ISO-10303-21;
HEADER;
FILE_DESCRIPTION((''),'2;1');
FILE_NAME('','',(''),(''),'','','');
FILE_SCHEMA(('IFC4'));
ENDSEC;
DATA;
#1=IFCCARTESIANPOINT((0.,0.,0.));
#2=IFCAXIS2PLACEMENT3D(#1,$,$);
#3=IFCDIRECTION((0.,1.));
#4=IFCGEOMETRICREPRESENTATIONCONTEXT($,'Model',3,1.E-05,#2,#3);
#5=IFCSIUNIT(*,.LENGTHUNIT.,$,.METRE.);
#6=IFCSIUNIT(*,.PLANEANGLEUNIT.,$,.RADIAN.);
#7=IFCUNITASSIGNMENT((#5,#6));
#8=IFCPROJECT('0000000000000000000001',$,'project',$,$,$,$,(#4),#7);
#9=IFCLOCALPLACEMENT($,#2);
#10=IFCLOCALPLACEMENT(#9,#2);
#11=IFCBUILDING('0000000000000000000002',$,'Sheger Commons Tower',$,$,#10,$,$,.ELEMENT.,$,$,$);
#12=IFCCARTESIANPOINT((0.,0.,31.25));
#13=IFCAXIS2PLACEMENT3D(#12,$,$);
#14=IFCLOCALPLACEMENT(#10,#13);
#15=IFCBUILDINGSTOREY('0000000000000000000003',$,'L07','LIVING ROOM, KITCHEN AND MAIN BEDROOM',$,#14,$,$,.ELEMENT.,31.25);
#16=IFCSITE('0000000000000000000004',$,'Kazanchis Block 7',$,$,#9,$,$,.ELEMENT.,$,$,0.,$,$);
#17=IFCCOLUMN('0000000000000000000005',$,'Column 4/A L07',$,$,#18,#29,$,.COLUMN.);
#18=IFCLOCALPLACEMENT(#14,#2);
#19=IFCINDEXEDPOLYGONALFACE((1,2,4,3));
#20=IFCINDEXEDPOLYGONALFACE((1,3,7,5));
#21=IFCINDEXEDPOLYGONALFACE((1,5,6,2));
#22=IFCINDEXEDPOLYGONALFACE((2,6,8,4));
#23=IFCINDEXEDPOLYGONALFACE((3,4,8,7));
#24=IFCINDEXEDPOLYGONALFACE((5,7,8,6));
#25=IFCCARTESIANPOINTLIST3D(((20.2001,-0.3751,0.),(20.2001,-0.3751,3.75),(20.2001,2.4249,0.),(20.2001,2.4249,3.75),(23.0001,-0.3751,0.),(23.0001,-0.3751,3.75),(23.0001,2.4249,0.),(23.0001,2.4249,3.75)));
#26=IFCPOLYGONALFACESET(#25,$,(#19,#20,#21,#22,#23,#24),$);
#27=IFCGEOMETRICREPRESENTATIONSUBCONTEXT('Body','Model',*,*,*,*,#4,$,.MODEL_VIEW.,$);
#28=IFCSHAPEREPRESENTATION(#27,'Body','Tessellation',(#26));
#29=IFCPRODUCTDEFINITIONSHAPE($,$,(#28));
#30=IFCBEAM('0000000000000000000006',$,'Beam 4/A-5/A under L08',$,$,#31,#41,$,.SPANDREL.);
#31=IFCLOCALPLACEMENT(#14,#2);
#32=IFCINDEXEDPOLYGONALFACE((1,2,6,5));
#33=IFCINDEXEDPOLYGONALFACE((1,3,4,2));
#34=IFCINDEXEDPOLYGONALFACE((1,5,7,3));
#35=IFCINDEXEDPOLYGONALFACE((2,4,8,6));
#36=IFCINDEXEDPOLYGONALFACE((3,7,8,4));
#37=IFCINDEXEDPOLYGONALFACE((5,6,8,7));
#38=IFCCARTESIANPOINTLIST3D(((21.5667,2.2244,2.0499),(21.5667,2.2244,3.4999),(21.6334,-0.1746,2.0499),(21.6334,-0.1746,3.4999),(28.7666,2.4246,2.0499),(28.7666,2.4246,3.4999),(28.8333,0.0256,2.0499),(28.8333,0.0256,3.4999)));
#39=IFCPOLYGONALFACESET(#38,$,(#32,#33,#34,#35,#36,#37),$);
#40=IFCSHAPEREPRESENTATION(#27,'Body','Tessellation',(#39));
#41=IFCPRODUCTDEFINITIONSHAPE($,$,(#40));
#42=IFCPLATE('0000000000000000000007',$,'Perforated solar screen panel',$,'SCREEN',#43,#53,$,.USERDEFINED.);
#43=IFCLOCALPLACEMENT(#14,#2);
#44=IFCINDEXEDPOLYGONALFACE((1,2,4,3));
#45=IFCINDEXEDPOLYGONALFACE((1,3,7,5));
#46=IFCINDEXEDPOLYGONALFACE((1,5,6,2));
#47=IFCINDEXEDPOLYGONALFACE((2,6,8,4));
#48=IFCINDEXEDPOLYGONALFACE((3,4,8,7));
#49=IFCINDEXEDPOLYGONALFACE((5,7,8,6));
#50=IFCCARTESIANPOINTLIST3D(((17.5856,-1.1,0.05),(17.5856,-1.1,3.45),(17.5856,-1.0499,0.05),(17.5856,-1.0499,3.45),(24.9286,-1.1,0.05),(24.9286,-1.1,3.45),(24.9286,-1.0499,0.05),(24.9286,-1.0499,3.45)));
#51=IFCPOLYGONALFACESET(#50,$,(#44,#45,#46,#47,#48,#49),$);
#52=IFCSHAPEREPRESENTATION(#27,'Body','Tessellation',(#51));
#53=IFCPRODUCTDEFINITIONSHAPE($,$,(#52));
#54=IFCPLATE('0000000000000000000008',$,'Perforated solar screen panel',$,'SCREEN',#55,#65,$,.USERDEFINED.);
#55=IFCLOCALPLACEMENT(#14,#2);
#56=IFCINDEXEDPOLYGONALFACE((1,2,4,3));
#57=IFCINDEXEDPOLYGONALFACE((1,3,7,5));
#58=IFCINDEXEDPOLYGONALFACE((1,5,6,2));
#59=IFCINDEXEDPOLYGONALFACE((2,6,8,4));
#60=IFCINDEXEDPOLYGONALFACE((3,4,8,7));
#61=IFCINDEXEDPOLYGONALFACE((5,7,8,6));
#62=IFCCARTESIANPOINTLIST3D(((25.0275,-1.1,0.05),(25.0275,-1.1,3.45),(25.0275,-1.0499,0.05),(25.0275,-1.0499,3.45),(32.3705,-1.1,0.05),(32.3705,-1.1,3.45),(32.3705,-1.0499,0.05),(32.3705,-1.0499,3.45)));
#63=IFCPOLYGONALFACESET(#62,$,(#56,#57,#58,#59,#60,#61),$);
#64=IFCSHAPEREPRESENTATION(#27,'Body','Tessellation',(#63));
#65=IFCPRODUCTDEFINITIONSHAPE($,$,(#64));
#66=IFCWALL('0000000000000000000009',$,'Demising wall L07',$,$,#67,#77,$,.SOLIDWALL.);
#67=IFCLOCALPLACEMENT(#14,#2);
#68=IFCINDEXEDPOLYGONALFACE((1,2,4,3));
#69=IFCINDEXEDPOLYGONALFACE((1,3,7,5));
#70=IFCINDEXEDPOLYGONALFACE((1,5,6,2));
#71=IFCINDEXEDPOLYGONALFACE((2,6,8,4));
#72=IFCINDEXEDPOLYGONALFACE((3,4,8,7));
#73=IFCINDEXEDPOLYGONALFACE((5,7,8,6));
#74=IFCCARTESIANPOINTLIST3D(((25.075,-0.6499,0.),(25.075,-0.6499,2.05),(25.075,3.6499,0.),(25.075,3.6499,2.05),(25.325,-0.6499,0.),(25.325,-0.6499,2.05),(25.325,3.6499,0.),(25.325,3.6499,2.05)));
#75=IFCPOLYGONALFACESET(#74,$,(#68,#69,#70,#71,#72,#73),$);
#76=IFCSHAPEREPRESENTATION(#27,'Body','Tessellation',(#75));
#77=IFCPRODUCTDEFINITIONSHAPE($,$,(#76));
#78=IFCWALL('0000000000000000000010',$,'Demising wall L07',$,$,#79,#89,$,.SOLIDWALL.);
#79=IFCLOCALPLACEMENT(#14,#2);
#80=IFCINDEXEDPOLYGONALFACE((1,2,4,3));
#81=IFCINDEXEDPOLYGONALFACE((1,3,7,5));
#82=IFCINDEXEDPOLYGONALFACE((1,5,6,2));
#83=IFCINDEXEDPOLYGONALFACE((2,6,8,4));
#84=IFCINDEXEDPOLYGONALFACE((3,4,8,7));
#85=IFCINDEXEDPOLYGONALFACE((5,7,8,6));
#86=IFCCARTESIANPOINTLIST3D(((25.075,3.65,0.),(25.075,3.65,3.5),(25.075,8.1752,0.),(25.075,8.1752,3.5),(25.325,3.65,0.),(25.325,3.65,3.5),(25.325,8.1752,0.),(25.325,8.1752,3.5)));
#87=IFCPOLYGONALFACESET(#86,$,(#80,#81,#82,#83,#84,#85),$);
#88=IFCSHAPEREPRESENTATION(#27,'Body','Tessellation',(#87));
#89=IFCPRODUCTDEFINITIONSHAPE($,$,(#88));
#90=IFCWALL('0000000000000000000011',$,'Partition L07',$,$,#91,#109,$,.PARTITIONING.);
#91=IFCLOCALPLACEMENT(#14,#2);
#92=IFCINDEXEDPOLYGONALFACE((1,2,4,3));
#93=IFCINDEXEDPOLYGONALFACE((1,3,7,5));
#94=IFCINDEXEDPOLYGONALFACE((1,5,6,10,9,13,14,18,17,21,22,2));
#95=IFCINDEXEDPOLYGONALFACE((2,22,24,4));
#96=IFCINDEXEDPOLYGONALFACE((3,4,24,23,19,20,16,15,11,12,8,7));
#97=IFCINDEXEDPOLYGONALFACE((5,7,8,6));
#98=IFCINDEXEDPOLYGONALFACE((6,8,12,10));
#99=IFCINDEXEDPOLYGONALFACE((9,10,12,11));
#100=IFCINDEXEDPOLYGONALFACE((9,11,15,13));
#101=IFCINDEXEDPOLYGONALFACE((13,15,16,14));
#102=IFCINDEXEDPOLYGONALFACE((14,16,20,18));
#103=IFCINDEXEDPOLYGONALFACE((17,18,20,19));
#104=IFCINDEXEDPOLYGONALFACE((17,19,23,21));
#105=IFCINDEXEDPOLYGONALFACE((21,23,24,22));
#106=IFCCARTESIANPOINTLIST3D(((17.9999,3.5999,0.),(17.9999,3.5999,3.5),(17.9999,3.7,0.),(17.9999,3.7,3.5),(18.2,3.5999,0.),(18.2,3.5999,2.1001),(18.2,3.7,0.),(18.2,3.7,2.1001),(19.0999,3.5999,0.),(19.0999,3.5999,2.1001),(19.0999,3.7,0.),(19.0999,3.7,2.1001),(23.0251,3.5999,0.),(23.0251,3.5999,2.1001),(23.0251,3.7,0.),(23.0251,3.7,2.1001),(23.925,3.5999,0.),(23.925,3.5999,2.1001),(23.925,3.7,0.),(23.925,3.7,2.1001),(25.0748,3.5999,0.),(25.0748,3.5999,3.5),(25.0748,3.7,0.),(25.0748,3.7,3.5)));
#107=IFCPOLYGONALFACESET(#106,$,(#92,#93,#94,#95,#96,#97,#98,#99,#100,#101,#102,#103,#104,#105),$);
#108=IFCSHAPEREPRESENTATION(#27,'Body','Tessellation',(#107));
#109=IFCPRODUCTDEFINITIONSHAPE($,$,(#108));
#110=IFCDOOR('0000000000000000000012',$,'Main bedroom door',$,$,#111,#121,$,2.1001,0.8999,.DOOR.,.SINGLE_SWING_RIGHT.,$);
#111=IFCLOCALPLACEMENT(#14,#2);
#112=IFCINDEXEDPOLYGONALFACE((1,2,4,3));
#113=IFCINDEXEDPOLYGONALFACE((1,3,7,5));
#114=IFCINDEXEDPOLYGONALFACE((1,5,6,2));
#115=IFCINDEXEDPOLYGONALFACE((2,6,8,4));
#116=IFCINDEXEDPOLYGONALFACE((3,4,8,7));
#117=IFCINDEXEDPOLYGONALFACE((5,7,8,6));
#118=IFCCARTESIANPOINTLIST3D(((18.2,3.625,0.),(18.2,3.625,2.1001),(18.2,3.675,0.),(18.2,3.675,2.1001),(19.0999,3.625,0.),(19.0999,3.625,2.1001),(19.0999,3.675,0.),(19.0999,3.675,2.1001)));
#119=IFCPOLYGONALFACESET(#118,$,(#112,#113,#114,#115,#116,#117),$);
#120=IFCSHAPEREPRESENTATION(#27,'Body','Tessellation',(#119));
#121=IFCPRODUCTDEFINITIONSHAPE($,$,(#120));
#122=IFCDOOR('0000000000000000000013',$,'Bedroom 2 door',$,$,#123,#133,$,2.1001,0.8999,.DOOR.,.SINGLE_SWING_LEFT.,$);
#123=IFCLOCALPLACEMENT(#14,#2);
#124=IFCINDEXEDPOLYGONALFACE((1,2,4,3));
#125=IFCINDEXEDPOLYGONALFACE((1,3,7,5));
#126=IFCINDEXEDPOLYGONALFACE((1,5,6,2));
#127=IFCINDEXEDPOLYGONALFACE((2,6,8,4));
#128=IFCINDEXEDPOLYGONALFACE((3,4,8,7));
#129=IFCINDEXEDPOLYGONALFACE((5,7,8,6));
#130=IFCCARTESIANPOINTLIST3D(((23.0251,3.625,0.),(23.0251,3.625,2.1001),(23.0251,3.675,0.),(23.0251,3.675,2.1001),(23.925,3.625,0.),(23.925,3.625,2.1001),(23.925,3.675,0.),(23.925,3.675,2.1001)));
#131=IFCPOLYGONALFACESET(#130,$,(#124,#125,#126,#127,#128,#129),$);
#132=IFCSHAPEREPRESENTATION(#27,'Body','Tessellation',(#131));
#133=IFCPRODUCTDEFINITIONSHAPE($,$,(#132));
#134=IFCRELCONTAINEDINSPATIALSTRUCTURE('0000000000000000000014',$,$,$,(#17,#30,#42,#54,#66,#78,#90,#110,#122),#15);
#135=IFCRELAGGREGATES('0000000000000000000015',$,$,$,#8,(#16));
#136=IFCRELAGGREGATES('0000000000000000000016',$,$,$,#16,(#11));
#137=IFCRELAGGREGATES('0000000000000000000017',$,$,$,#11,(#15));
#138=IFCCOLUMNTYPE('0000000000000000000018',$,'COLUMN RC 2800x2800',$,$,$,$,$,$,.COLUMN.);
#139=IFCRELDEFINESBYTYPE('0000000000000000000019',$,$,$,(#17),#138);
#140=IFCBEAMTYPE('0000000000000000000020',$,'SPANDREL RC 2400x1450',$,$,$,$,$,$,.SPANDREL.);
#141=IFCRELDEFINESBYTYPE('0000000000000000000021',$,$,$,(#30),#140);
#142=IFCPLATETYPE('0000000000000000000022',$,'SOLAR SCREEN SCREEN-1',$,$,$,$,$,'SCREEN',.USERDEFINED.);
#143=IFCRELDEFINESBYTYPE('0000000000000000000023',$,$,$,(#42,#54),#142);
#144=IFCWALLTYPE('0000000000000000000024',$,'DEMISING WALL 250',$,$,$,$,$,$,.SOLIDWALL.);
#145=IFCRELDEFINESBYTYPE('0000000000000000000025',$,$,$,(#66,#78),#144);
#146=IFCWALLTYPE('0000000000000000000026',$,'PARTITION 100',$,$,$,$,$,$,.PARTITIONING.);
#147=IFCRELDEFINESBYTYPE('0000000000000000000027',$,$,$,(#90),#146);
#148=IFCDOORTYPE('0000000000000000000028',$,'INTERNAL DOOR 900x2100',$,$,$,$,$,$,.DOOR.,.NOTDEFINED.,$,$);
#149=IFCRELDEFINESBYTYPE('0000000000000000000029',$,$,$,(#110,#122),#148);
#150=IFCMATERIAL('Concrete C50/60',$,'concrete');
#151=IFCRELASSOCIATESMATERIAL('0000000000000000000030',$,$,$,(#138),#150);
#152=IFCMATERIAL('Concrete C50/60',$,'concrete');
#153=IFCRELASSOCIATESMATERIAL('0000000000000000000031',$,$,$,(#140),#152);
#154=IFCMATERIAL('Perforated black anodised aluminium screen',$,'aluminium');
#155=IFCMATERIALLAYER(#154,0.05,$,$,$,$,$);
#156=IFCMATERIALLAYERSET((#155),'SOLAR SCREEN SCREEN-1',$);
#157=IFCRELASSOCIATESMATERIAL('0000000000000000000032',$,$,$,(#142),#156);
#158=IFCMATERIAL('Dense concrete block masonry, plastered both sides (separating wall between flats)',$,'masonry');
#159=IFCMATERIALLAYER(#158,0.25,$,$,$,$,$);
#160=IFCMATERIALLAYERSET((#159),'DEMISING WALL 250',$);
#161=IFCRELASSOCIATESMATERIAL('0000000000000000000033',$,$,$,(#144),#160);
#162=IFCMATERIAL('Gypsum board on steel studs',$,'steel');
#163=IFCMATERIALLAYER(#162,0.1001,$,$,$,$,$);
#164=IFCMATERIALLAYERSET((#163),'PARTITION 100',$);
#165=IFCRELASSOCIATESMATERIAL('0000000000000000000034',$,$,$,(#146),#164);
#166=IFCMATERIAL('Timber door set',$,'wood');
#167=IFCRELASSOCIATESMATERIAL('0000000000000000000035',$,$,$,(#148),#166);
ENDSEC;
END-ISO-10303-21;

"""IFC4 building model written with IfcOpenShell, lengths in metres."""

from ifc_helpers import new_model, si_unit, direction, frame, frame_2d, origin, origin_2d, place, context, subcontext, project, spatial, rectangle, extrude, material, layer, layer_set, material_profile, profile_set, type_object, element, fill, save


model = new_model("IFC4")

# Units and contexts
model_context = context("Model", 3, precision=1e-05, world=origin(), true_north=direction((0.0, 1.0)))
body_context = subcontext(model_context, "Body", "Model", "MODEL_VIEW")
ifc_project = project(units=[si_unit("LENGTHUNIT", "METRE"), si_unit("PLANEANGLEUNIT", "RADIAN")], contexts=[model_context])

# Site, building, storey
site_placement = place(None, origin())
site = spatial("IfcSite", under=ifc_project, at=site_placement, Name="Kazanchis Block 7", CompositionType="ELEMENT", RefElevation=0.0)
building_placement = place(site_placement, origin())
building = spatial("IfcBuilding", under=site, at=building_placement, Name="Sheger Commons Tower", CompositionType="ELEMENT")
storey_placement = place(building_placement, frame((0.0, 0.0, 31.25)))
storey = spatial("IfcBuildingStorey", under=building, at=storey_placement, Name="L07", Description="LIVING ROOM, KITCHEN AND MAIN BEDROOM", CompositionType="ELEMENT", Elevation=31.25)

# Column
ifc_material_1 = material(Name="Concrete C50/60", Category="concrete")
ifc_material_profile_1 = material_profile(ifc_material_1, rectangle(XDim=2.8, YDim=2.8, at=origin_2d()), Name="RC 2800x2800")
ifc_profile_set_1 = profile_set([ifc_material_profile_1], Name="Concrete C50/60")
column_type = type_object("IfcColumnType", Name="COLUMN RC 2800x2800", PredefinedType="COLUMN", material=ifc_profile_set_1)
column_placement = place(storey_placement, frame((21.6001, 1.0249, 0.0), z_axis=(0.0, 0.0, 1.0), x_axis=(1.0, 0.0, 0.0)))
element("IfcColumn", 1, at=column_placement, inside=storey, type_object=column_type, Name="Column 4/A L07", PredefinedType="COLUMN", context=body_context, shape_type="SweptSolid", body=[
    extrude(rectangle(XDim=2.8, YDim=2.8, at=origin_2d()), origin(), (0.0, 0.0, 1.0), 3.75),
])

# Beam
ifc_material_2 = material(Name="Concrete C50/60", Category="concrete")
ifc_material_profile_2 = material_profile(ifc_material_2, rectangle(XDim=2.3999, YDim=1.45, at=origin_2d()), Name="RC 2400x1450")
ifc_profile_set_2 = profile_set([ifc_material_profile_2], Name="Concrete C50/60")
beam_type = type_object("IfcBeamType", Name="SPANDREL RC 2400x1450", PredefinedType="SPANDREL", material=ifc_profile_set_2)
beam_placement = place(storey_placement, frame((21.6001, 1.0249, 2.7749), z_axis=(0.999614, 0.027794, 0.0), x_axis=(-0.027794, 0.999614, 0.0)))
element("IfcBeam", 2, at=beam_placement, inside=storey, type_object=beam_type, Name="Beam 4/A-5/A under L08", PredefinedType="SPANDREL", context=body_context, shape_type="SweptSolid", body=[
    extrude(rectangle(XDim=2.3999, YDim=1.45, at=origin_2d()), origin(), (0.0, 0.0, 1.0), 7.2026),
])

# Plates
ifc_material_3 = material(Name="Perforated black anodised aluminium screen", Category="aluminium")
ifc_layer_1 = layer(ifc_material_3, 0.05)
ifc_layer_set_1 = layer_set([ifc_layer_1], Name="SOLAR SCREEN SCREEN-1")
plate_type = type_object("IfcPlateType", Name="SOLAR SCREEN SCREEN-1", ElementType="SCREEN", PredefinedType="USERDEFINED", material=ifc_layer_set_1)
for number, where, z_axis, x_axis, name in (
    (3, (21.2571, -1.075, 0.05), (0.0, 0.0, 1.0), (1.0, 0.0, 0.0), "Perforated solar screen panel"),
    (4, (28.699, -1.075, 0.05), (0.0, 0.0, 1.0), (1.0, 0.0, 0.0), "Perforated solar screen panel"),
):
    element("IfcPlate", number, at=place(storey_placement, frame(where, z_axis=z_axis, x_axis=x_axis)), inside=storey, type_object=plate_type, Name=name, ObjectType="SCREEN", PredefinedType="USERDEFINED", context=body_context, shape_type="SweptSolid", body=[
        extrude(rectangle(XDim=7.343, YDim=0.05, at=origin_2d()), origin(), (0.0, 0.0, 1.0), 3.3999),
    ])

# Walls
ifc_material_4 = material(Name="Dense concrete block masonry, plastered both sides (separating wall between flats)", Category="masonry")
ifc_layer_2 = layer(ifc_material_4, 0.25)
ifc_layer_set_2 = layer_set([ifc_layer_2], Name="DEMISING WALL 250")
wall_type_1 = type_object("IfcWallType", Name="DEMISING WALL 250", PredefinedType="SOLIDWALL", material=ifc_layer_set_2)
wall_1_placement = place(storey_placement, frame((25.2, -0.6499, 0.0), z_axis=(0.0, 0.0, 1.0), x_axis=(0.0, 1.0, 0.0)))
element("IfcWall", 5, at=wall_1_placement, inside=storey, type_object=wall_type_1, Name="Demising wall L07", PredefinedType="SOLIDWALL", context=body_context, shape_type="SweptSolid", body=[
    extrude(rectangle(XDim=4.2998, YDim=0.25, at=frame_2d((2.1499, 0.0))), origin(), (0.0, 0.0, 1.0), 2.05),
])
wall_2_placement = place(storey_placement, frame((25.2, 3.6499, 0.0), z_axis=(0.0, 0.0, 1.0), x_axis=(0.0, 1.0, 0.0)))
element("IfcWall", 6, at=wall_2_placement, inside=storey, type_object=wall_type_1, Name="Demising wall L07", PredefinedType="SOLIDWALL", context=body_context, shape_type="SweptSolid", body=[
    extrude(rectangle(XDim=4.5251, YDim=0.25, at=frame_2d((2.2627, 0.0))), origin(), (0.0, 0.0, 1.0), 3.5),
])

# Wall, openings, doors
ifc_material_5 = material(Name="Gypsum board on steel studs", Category="steel")
ifc_layer_3 = layer(ifc_material_5, 0.1001)
ifc_layer_set_3 = layer_set([ifc_layer_3], Name="PARTITION 100")
wall_type_2 = type_object("IfcWallType", Name="PARTITION 100", PredefinedType="PARTITIONING", material=ifc_layer_set_3)
wall_3_placement = place(storey_placement, frame((25.075, 3.6499, 0.0), z_axis=(0.0, 0.0, 1.0), x_axis=(-1.0, 0.0, 0.0)))
wall_3 = element("IfcWall", 7, at=wall_3_placement, inside=storey, type_object=wall_type_2, Name="Partition L07", PredefinedType="PARTITIONING", context=body_context, shape_type="SweptSolid", body=[
    extrude(rectangle(XDim=7.075, YDim=0.1001, at=frame_2d((3.5376, 0.0))), origin(), (0.0, 0.0, 1.0), 3.5),
])
opening_1_placement = place(wall_3_placement, frame((5.9751, 0.0, 0.0)))
opening_1 = element("IfcOpeningElement", 8, at=opening_1_placement, cuts=wall_3, PredefinedType="OPENING", context=body_context, shape_type="SweptSolid", body=[
    extrude(rectangle(XDim=0.8999, YDim=2.1001, at=frame_2d((0.45, 1.05))), frame((0.0, 0.0601, 0.0), z_axis=(0.0, -1.0, 0.0), x_axis=(1.0, 0.0, 0.0)), (0.0, 0.0, 1.0), 0.1201),
])
opening_2_placement = place(wall_3_placement, frame((1.1499, 0.0, 0.0)))
opening_2 = element("IfcOpeningElement", 9, at=opening_2_placement, cuts=wall_3, PredefinedType="OPENING", context=body_context, shape_type="SweptSolid", body=[
    extrude(rectangle(XDim=0.8999, YDim=2.1001, at=frame_2d((0.45, 1.05))), frame((0.0, 0.0601, 0.0), z_axis=(0.0, -1.0, 0.0), x_axis=(1.0, 0.0, 0.0)), (0.0, 0.0, 1.0), 0.1201),
])
ifc_material_6 = material(Name="Timber door set", Category="wood")
door_type = type_object("IfcDoorType", Name="INTERNAL DOOR 900x2100", OperationType="NOTDEFINED", PredefinedType="DOOR", material=ifc_material_6)
door_1_placement = place(opening_1_placement, origin())
door_1 = element("IfcDoor", 10, at=door_1_placement, inside=storey, type_object=door_type, Name="Main bedroom door", OperationType="SINGLE_SWING_RIGHT", OverallHeight=2.1001, OverallWidth=0.8999, PredefinedType="DOOR", context=body_context, shape_type="SweptSolid", body=[
    extrude(rectangle(XDim=0.8999, YDim=2.1001, at=frame_2d((0.45, 1.05))), frame((0.0, 0.0249, 0.0), z_axis=(0.0, -1.0, 0.0), x_axis=(1.0, 0.0, 0.0)), (0.0, 0.0, 1.0), 0.05),
])
fill(opening_1, door_1)
door_2_placement = place(opening_2_placement, origin())
door_2 = element("IfcDoor", 11, at=door_2_placement, inside=storey, type_object=door_type, Name="Bedroom 2 door", OperationType="SINGLE_SWING_LEFT", OverallHeight=2.1001, OverallWidth=0.8999, PredefinedType="DOOR", context=body_context, shape_type="SweptSolid", body=[
    extrude(rectangle(XDim=0.8999, YDim=2.1001, at=frame_2d((0.45, 1.05))), frame((0.0, 0.0249, 0.0), z_axis=(0.0, -1.0, 0.0), x_axis=(1.0, 0.0, 0.0)), (0.0, 0.0, 1.0), 0.05),
])
fill(opening_2, door_2)

save(model, "model.ifc")
